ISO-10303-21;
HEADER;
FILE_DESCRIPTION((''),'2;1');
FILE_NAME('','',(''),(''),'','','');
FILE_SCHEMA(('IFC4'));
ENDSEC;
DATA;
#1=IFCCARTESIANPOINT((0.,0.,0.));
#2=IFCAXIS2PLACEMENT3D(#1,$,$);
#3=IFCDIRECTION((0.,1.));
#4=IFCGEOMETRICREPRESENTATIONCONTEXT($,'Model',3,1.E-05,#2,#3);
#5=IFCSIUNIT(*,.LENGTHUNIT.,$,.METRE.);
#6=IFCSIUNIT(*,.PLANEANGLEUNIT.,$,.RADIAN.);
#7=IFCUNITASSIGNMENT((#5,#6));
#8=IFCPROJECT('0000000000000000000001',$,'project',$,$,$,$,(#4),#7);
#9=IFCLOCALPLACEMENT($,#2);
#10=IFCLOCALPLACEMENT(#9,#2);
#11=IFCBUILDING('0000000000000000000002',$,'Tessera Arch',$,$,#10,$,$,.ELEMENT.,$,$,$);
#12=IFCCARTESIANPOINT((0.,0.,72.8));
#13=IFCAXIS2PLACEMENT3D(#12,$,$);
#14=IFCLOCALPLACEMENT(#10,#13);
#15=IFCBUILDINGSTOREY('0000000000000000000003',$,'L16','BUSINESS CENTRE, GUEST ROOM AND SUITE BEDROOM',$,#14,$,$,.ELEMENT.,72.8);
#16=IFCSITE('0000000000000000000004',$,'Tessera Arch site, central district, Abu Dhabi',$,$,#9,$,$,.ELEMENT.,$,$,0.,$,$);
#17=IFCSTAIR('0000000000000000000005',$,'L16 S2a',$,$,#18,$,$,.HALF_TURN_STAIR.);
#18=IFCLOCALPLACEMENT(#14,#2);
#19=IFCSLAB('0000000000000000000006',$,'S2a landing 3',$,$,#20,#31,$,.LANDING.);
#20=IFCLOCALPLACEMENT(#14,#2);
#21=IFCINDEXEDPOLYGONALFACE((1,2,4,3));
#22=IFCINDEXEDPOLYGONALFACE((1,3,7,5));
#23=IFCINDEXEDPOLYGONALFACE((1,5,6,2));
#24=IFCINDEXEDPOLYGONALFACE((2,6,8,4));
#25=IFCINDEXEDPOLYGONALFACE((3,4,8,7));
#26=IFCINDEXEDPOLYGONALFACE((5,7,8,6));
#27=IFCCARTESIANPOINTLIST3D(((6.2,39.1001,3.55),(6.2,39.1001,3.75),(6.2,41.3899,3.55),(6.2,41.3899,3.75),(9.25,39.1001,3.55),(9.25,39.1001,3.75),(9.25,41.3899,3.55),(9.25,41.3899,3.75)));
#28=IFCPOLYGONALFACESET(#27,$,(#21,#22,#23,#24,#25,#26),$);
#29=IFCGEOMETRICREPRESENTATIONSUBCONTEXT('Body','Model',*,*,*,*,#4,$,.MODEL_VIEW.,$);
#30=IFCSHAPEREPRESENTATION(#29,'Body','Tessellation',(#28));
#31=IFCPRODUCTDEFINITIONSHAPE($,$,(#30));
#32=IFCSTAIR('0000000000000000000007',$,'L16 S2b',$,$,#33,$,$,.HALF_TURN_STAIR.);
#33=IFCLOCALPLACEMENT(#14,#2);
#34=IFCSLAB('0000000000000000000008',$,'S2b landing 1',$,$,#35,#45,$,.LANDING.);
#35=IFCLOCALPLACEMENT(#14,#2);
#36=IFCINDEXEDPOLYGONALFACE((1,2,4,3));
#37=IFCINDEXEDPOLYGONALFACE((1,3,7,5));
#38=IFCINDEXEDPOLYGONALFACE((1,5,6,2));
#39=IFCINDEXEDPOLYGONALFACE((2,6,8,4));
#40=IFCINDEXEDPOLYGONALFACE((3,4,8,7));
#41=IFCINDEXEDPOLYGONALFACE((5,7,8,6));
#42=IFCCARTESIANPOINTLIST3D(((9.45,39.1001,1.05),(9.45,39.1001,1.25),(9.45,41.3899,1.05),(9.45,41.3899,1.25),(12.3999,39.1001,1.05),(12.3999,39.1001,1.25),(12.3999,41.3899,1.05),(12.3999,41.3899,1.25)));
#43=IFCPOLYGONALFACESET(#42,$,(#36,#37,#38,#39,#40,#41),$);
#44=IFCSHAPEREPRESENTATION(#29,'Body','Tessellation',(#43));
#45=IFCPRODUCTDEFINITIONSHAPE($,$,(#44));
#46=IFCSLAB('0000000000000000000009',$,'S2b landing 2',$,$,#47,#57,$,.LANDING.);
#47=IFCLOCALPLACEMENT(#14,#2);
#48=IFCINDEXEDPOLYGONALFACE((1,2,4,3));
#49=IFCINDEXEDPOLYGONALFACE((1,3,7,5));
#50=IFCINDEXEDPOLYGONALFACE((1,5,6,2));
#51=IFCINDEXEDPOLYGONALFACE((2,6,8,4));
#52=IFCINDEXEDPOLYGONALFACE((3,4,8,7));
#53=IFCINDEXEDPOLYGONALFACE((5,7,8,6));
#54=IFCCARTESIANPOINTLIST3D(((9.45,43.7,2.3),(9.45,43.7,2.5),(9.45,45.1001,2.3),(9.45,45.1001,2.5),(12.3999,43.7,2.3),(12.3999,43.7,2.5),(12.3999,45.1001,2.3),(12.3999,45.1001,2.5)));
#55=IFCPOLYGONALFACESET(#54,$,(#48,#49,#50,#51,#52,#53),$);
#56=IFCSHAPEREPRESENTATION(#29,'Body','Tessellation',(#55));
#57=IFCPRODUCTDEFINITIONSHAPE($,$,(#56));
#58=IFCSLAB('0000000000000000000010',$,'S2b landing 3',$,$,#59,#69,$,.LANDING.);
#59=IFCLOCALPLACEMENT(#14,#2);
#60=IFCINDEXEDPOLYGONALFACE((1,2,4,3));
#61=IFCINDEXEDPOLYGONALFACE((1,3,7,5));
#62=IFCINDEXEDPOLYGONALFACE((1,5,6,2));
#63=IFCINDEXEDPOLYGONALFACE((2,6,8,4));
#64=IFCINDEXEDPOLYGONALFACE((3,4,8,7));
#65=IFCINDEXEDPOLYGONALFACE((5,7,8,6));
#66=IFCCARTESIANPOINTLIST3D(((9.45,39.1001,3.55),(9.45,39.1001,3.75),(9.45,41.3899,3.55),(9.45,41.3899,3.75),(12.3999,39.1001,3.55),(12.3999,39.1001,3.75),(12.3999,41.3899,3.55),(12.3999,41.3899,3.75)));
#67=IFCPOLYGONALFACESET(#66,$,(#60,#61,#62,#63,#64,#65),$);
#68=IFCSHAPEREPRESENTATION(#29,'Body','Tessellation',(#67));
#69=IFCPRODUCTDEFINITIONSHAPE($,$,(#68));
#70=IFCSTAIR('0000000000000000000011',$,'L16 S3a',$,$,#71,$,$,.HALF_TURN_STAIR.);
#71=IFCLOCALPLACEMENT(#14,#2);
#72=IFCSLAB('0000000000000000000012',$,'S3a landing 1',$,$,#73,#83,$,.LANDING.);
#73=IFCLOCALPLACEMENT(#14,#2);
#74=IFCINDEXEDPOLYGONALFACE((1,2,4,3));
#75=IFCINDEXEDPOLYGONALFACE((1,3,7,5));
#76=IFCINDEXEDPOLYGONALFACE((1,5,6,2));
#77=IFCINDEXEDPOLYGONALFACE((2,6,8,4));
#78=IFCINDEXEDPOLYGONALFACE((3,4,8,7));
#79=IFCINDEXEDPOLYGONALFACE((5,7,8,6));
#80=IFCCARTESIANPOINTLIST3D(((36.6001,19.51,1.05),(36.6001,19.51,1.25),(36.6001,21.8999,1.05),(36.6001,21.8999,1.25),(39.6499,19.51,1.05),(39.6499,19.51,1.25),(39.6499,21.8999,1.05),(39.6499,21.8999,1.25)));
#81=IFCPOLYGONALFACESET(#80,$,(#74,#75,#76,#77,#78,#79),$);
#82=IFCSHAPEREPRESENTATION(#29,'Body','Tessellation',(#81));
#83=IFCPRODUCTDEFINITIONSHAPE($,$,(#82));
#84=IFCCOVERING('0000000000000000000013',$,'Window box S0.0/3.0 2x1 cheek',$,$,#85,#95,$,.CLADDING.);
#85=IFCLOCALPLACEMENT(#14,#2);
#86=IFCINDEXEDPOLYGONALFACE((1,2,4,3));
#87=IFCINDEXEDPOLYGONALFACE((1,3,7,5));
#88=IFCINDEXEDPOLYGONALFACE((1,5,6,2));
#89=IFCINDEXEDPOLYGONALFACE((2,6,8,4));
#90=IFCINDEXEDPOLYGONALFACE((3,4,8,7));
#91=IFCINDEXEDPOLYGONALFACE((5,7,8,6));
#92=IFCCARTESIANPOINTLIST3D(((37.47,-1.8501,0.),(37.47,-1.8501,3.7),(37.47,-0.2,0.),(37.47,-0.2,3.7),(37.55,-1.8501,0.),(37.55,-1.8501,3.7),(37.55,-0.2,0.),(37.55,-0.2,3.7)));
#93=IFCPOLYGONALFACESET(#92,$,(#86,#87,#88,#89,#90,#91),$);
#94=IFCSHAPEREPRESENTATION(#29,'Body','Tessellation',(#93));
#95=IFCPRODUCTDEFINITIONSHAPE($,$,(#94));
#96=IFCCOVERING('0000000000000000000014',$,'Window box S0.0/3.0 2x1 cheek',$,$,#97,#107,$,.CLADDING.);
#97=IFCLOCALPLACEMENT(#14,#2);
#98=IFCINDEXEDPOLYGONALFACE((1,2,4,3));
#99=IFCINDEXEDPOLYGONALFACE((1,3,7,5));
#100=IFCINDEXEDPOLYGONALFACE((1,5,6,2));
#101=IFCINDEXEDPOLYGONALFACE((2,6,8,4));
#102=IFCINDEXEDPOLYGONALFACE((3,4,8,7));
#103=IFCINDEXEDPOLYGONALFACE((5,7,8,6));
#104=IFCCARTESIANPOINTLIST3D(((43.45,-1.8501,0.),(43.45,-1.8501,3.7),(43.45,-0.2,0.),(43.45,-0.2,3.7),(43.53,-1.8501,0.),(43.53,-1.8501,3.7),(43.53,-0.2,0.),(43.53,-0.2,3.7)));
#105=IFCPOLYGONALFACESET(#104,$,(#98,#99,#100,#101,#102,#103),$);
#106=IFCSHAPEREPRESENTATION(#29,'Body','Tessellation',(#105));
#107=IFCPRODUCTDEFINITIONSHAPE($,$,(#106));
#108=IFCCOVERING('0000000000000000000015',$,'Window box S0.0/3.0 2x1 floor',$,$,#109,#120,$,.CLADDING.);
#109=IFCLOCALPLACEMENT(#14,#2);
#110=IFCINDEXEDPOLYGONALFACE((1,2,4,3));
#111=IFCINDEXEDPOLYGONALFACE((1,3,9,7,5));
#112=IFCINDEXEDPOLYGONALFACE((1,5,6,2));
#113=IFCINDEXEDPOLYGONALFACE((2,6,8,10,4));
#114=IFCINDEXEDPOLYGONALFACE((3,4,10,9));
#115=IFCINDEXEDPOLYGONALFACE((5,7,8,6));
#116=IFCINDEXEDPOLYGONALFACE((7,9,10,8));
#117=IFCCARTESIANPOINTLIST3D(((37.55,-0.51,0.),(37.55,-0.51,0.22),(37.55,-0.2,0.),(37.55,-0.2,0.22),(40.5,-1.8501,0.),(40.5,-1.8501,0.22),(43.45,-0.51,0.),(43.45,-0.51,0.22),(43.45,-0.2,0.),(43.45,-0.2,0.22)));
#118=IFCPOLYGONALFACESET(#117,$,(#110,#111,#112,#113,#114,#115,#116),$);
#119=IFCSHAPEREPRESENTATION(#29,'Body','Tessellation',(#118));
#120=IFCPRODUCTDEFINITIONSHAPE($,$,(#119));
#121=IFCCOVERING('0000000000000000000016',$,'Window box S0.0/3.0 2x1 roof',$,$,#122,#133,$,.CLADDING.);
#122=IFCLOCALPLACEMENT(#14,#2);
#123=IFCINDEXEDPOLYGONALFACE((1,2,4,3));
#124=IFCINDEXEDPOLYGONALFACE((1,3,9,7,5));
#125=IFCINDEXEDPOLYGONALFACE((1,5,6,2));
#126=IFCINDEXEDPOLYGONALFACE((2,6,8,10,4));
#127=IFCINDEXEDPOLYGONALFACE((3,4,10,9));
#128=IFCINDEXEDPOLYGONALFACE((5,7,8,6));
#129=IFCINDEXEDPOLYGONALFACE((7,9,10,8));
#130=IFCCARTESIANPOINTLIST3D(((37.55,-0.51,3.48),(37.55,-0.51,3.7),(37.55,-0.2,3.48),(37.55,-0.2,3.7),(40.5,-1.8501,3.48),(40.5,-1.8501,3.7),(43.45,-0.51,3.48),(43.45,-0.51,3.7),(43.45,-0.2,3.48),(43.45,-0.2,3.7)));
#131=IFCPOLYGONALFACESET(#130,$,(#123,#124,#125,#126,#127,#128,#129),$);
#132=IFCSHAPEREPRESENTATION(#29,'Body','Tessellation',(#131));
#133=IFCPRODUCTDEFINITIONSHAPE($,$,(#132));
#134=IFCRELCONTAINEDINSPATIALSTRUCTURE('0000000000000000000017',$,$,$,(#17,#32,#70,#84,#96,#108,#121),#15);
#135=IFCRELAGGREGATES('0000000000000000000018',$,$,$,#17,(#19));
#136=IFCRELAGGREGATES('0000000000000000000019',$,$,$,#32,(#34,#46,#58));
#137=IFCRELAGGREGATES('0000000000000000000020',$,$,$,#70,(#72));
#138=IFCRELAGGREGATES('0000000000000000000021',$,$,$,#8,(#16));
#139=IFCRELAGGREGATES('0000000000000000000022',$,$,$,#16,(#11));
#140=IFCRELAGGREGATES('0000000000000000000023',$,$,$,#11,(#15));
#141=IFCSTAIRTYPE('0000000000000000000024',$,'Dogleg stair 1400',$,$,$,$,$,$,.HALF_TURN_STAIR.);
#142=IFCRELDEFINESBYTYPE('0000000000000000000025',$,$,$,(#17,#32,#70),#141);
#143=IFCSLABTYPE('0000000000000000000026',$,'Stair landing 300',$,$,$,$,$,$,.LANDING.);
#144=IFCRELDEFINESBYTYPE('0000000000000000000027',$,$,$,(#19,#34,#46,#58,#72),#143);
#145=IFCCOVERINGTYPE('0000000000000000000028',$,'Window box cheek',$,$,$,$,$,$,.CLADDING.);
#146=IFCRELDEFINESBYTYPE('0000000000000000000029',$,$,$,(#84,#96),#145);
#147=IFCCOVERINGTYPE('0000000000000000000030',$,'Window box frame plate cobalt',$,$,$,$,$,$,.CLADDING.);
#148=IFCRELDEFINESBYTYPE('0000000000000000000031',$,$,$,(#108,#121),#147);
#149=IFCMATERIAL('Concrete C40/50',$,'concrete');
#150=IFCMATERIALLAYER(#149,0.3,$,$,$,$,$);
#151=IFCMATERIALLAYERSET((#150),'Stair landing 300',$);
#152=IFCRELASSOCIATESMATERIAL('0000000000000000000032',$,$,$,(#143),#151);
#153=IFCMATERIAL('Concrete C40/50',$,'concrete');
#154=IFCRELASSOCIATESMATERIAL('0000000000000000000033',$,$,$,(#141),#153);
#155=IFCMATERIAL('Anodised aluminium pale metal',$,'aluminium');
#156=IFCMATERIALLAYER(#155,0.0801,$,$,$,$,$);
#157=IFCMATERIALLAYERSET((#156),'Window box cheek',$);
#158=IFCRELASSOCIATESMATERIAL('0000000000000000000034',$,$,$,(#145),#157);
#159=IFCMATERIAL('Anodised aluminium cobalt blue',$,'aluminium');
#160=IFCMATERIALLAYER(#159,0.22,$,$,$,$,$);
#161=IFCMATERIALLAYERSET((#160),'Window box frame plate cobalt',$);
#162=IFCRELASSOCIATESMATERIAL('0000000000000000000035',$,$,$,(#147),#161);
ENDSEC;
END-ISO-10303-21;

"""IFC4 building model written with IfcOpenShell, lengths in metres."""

from ifc_helpers import new_model, si_unit, direction, frame, origin, place, context, subcontext, project, spatial, polyline, outline, extrude, material, layer, layer_set, type_object, element, aggregate, save


model = new_model("IFC4")

# Units and contexts
model_context = context("Model", 3, precision=1e-05, world=origin(), true_north=direction((0.0, 1.0)))
body_context = subcontext(model_context, "Body", "Model", "MODEL_VIEW")
ifc_project = project(units=[si_unit("LENGTHUNIT", "METRE"), si_unit("PLANEANGLEUNIT", "RADIAN")], contexts=[model_context])

# Site, building, storey
site_placement = place(None, origin())
site = spatial("IfcSite", under=ifc_project, at=site_placement, Name="Tessera Arch site, central district, Abu Dhabi", CompositionType="ELEMENT", RefElevation=0.0)
building_placement = place(site_placement, origin())
building = spatial("IfcBuilding", under=site, at=building_placement, Name="Tessera Arch", CompositionType="ELEMENT")
storey_placement = place(building_placement, frame((0.0, 0.0, 72.8)))
storey = spatial("IfcBuildingStorey", under=building, at=storey_placement, Name="L16", Description="BUSINESS CENTRE, GUEST ROOM AND SUITE BEDROOM", CompositionType="ELEMENT", Elevation=72.8)

# Stairs, slabs
ifc_material_1 = material(Name="Concrete C40/50", Category="concrete")
ifc_layer_1 = layer(ifc_material_1, 0.3)
ifc_layer_set_1 = layer_set([ifc_layer_1], Name="Stair landing 300")
slab_type = type_object("IfcSlabType", Name="Stair landing 300", PredefinedType="LANDING", material=ifc_layer_set_1)
ifc_material_2 = material(Name="Concrete C40/50", Category="concrete")
stair_type_1 = type_object("IfcStairType", Name="Dogleg stair 1400", PredefinedType="HALF_TURN_STAIR", material=ifc_material_2)
stair_1_placement = place(storey_placement, origin())
stair_1 = element("IfcStair", 1, at=stair_1_placement, inside=storey, type_object=stair_type_1, Name="L16 S2a", PredefinedType="HALF_TURN_STAIR")
slab_1_placement = place(storey_placement, frame((0.0, 0.0, 3.55)))
slab_1 = element("IfcSlab", 2, at=slab_1_placement, type_object=slab_type, Name="S2a landing 3", PredefinedType="LANDING", context=body_context, shape_type="SweptSolid", body=[
    extrude(outline(polyline([(6.2, 41.3899), (6.2, 39.1001), (9.25, 39.1001), (9.25, 41.3899), (6.2, 41.3899)])), origin(), (0.0, 0.0, 1.0), 0.2),
])
aggregate(stair_1, [slab_1])
stair_2_placement = place(storey_placement, origin())
stair_2 = element("IfcStair", 3, at=stair_2_placement, inside=storey, type_object=stair_type_1, Name="L16 S2b", PredefinedType="HALF_TURN_STAIR")
slab_2_placement = place(storey_placement, frame((0.0, 0.0, 1.05)))
slab_2 = element("IfcSlab", 4, at=slab_2_placement, type_object=slab_type, Name="S2b landing 1", PredefinedType="LANDING", context=body_context, shape_type="SweptSolid", body=[
    extrude(outline(polyline([(9.45, 41.3899), (9.45, 39.1001), (12.3999, 39.1001), (12.3999, 41.3899), (9.45, 41.3899)])), origin(), (0.0, 0.0, 1.0), 0.2),
])
slab_3_placement = place(storey_placement, frame((0.0, 0.0, 2.3)))
slab_3 = element("IfcSlab", 5, at=slab_3_placement, type_object=slab_type, Name="S2b landing 2", PredefinedType="LANDING", context=body_context, shape_type="SweptSolid", body=[
    extrude(outline(polyline([(9.45, 45.1001), (9.45, 43.7), (12.3999, 43.7), (12.3999, 45.1001), (9.45, 45.1001)])), origin(), (0.0, 0.0, 1.0), 0.2),
])
slab_4_placement = place(storey_placement, frame((0.0, 0.0, 3.55)))
slab_4 = element("IfcSlab", 6, at=slab_4_placement, type_object=slab_type, Name="S2b landing 3", PredefinedType="LANDING", context=body_context, shape_type="SweptSolid", body=[
    extrude(outline(polyline([(9.45, 41.3899), (9.45, 39.1001), (12.3999, 39.1001), (12.3999, 41.3899), (9.45, 41.3899)])), origin(), (0.0, 0.0, 1.0), 0.2),
])
aggregate(stair_2, [slab_2, slab_3, slab_4])

# Stair, slab
stair_3_placement = place(storey_placement, origin())
stair_3 = element("IfcStair", 7, at=stair_3_placement, inside=storey, type_object=stair_type_1, Name="L16 S3a", PredefinedType="HALF_TURN_STAIR")
slab_5_placement = place(storey_placement, frame((0.0, 0.0, 1.05)))
slab_5 = element("IfcSlab", 8, at=slab_5_placement, type_object=slab_type, Name="S3a landing 1", PredefinedType="LANDING", context=body_context, shape_type="SweptSolid", body=[
    extrude(outline(polyline([(39.6499, 19.51), (39.6499, 21.8999), (36.6001, 21.8999), (36.6001, 19.51), (39.6499, 19.51)])), origin(), (0.0, 0.0, 1.0), 0.2),
])
aggregate(stair_3, [slab_5])

# Coverings
ifc_material_3 = material(Name="Anodised aluminium pale metal", Category="aluminium")
ifc_layer_2 = layer(ifc_material_3, 0.0801)
ifc_layer_set_2 = layer_set([ifc_layer_2], Name="Window box cheek")
covering_type_1 = type_object("IfcCoveringType", Name="Window box cheek", PredefinedType="CLADDING", material=ifc_layer_set_2)
covering_1_placement = place(storey_placement, origin())
element("IfcCovering", 9, at=covering_1_placement, inside=storey, type_object=covering_type_1, Name="Window box S0.0/3.0 2x1 cheek", PredefinedType="CLADDING", context=body_context, shape_type="SweptSolid", body=[
    extrude(outline(polyline([(37.47, -1.8501), (37.55, -1.8501), (37.55, -0.2), (37.47, -0.2), (37.47, -1.8501)])), origin(), (0.0, 0.0, 1.0), 3.7),
])
covering_2_placement = place(storey_placement, origin())
element("IfcCovering", 10, at=covering_2_placement, inside=storey, type_object=covering_type_1, Name="Window box S0.0/3.0 2x1 cheek", PredefinedType="CLADDING", context=body_context, shape_type="SweptSolid", body=[
    extrude(outline(polyline([(43.45, -1.8501), (43.53, -1.8501), (43.53, -0.2), (43.45, -0.2), (43.45, -1.8501)])), origin(), (0.0, 0.0, 1.0), 3.7),
])
ifc_material_4 = material(Name="Anodised aluminium cobalt blue", Category="aluminium")
ifc_layer_3 = layer(ifc_material_4, 0.22)
ifc_layer_set_3 = layer_set([ifc_layer_3], Name="Window box frame plate cobalt")
covering_type_2 = type_object("IfcCoveringType", Name="Window box frame plate cobalt", PredefinedType="CLADDING", material=ifc_layer_set_3)
for number, where, name in (
    (11, (0.0, 0.0, 0.0), "Window box S0.0/3.0 2x1 floor"),
    (12, (0.0, 0.0, 3.48), "Window box S0.0/3.0 2x1 roof"),
):
    element("IfcCovering", number, at=place(storey_placement, frame(where)), inside=storey, type_object=covering_type_2, Name=name, PredefinedType="CLADDING", context=body_context, shape_type="SweptSolid", body=[
        extrude(outline(polyline([(37.55, -0.51), (40.5, -1.8501), (43.45, -0.51), (43.45, -0.2), (37.55, -0.2), (37.55, -0.51)])), origin(), (0.0, 0.0, 1.0), 0.22),
    ])

save(model, "model.ifc")
